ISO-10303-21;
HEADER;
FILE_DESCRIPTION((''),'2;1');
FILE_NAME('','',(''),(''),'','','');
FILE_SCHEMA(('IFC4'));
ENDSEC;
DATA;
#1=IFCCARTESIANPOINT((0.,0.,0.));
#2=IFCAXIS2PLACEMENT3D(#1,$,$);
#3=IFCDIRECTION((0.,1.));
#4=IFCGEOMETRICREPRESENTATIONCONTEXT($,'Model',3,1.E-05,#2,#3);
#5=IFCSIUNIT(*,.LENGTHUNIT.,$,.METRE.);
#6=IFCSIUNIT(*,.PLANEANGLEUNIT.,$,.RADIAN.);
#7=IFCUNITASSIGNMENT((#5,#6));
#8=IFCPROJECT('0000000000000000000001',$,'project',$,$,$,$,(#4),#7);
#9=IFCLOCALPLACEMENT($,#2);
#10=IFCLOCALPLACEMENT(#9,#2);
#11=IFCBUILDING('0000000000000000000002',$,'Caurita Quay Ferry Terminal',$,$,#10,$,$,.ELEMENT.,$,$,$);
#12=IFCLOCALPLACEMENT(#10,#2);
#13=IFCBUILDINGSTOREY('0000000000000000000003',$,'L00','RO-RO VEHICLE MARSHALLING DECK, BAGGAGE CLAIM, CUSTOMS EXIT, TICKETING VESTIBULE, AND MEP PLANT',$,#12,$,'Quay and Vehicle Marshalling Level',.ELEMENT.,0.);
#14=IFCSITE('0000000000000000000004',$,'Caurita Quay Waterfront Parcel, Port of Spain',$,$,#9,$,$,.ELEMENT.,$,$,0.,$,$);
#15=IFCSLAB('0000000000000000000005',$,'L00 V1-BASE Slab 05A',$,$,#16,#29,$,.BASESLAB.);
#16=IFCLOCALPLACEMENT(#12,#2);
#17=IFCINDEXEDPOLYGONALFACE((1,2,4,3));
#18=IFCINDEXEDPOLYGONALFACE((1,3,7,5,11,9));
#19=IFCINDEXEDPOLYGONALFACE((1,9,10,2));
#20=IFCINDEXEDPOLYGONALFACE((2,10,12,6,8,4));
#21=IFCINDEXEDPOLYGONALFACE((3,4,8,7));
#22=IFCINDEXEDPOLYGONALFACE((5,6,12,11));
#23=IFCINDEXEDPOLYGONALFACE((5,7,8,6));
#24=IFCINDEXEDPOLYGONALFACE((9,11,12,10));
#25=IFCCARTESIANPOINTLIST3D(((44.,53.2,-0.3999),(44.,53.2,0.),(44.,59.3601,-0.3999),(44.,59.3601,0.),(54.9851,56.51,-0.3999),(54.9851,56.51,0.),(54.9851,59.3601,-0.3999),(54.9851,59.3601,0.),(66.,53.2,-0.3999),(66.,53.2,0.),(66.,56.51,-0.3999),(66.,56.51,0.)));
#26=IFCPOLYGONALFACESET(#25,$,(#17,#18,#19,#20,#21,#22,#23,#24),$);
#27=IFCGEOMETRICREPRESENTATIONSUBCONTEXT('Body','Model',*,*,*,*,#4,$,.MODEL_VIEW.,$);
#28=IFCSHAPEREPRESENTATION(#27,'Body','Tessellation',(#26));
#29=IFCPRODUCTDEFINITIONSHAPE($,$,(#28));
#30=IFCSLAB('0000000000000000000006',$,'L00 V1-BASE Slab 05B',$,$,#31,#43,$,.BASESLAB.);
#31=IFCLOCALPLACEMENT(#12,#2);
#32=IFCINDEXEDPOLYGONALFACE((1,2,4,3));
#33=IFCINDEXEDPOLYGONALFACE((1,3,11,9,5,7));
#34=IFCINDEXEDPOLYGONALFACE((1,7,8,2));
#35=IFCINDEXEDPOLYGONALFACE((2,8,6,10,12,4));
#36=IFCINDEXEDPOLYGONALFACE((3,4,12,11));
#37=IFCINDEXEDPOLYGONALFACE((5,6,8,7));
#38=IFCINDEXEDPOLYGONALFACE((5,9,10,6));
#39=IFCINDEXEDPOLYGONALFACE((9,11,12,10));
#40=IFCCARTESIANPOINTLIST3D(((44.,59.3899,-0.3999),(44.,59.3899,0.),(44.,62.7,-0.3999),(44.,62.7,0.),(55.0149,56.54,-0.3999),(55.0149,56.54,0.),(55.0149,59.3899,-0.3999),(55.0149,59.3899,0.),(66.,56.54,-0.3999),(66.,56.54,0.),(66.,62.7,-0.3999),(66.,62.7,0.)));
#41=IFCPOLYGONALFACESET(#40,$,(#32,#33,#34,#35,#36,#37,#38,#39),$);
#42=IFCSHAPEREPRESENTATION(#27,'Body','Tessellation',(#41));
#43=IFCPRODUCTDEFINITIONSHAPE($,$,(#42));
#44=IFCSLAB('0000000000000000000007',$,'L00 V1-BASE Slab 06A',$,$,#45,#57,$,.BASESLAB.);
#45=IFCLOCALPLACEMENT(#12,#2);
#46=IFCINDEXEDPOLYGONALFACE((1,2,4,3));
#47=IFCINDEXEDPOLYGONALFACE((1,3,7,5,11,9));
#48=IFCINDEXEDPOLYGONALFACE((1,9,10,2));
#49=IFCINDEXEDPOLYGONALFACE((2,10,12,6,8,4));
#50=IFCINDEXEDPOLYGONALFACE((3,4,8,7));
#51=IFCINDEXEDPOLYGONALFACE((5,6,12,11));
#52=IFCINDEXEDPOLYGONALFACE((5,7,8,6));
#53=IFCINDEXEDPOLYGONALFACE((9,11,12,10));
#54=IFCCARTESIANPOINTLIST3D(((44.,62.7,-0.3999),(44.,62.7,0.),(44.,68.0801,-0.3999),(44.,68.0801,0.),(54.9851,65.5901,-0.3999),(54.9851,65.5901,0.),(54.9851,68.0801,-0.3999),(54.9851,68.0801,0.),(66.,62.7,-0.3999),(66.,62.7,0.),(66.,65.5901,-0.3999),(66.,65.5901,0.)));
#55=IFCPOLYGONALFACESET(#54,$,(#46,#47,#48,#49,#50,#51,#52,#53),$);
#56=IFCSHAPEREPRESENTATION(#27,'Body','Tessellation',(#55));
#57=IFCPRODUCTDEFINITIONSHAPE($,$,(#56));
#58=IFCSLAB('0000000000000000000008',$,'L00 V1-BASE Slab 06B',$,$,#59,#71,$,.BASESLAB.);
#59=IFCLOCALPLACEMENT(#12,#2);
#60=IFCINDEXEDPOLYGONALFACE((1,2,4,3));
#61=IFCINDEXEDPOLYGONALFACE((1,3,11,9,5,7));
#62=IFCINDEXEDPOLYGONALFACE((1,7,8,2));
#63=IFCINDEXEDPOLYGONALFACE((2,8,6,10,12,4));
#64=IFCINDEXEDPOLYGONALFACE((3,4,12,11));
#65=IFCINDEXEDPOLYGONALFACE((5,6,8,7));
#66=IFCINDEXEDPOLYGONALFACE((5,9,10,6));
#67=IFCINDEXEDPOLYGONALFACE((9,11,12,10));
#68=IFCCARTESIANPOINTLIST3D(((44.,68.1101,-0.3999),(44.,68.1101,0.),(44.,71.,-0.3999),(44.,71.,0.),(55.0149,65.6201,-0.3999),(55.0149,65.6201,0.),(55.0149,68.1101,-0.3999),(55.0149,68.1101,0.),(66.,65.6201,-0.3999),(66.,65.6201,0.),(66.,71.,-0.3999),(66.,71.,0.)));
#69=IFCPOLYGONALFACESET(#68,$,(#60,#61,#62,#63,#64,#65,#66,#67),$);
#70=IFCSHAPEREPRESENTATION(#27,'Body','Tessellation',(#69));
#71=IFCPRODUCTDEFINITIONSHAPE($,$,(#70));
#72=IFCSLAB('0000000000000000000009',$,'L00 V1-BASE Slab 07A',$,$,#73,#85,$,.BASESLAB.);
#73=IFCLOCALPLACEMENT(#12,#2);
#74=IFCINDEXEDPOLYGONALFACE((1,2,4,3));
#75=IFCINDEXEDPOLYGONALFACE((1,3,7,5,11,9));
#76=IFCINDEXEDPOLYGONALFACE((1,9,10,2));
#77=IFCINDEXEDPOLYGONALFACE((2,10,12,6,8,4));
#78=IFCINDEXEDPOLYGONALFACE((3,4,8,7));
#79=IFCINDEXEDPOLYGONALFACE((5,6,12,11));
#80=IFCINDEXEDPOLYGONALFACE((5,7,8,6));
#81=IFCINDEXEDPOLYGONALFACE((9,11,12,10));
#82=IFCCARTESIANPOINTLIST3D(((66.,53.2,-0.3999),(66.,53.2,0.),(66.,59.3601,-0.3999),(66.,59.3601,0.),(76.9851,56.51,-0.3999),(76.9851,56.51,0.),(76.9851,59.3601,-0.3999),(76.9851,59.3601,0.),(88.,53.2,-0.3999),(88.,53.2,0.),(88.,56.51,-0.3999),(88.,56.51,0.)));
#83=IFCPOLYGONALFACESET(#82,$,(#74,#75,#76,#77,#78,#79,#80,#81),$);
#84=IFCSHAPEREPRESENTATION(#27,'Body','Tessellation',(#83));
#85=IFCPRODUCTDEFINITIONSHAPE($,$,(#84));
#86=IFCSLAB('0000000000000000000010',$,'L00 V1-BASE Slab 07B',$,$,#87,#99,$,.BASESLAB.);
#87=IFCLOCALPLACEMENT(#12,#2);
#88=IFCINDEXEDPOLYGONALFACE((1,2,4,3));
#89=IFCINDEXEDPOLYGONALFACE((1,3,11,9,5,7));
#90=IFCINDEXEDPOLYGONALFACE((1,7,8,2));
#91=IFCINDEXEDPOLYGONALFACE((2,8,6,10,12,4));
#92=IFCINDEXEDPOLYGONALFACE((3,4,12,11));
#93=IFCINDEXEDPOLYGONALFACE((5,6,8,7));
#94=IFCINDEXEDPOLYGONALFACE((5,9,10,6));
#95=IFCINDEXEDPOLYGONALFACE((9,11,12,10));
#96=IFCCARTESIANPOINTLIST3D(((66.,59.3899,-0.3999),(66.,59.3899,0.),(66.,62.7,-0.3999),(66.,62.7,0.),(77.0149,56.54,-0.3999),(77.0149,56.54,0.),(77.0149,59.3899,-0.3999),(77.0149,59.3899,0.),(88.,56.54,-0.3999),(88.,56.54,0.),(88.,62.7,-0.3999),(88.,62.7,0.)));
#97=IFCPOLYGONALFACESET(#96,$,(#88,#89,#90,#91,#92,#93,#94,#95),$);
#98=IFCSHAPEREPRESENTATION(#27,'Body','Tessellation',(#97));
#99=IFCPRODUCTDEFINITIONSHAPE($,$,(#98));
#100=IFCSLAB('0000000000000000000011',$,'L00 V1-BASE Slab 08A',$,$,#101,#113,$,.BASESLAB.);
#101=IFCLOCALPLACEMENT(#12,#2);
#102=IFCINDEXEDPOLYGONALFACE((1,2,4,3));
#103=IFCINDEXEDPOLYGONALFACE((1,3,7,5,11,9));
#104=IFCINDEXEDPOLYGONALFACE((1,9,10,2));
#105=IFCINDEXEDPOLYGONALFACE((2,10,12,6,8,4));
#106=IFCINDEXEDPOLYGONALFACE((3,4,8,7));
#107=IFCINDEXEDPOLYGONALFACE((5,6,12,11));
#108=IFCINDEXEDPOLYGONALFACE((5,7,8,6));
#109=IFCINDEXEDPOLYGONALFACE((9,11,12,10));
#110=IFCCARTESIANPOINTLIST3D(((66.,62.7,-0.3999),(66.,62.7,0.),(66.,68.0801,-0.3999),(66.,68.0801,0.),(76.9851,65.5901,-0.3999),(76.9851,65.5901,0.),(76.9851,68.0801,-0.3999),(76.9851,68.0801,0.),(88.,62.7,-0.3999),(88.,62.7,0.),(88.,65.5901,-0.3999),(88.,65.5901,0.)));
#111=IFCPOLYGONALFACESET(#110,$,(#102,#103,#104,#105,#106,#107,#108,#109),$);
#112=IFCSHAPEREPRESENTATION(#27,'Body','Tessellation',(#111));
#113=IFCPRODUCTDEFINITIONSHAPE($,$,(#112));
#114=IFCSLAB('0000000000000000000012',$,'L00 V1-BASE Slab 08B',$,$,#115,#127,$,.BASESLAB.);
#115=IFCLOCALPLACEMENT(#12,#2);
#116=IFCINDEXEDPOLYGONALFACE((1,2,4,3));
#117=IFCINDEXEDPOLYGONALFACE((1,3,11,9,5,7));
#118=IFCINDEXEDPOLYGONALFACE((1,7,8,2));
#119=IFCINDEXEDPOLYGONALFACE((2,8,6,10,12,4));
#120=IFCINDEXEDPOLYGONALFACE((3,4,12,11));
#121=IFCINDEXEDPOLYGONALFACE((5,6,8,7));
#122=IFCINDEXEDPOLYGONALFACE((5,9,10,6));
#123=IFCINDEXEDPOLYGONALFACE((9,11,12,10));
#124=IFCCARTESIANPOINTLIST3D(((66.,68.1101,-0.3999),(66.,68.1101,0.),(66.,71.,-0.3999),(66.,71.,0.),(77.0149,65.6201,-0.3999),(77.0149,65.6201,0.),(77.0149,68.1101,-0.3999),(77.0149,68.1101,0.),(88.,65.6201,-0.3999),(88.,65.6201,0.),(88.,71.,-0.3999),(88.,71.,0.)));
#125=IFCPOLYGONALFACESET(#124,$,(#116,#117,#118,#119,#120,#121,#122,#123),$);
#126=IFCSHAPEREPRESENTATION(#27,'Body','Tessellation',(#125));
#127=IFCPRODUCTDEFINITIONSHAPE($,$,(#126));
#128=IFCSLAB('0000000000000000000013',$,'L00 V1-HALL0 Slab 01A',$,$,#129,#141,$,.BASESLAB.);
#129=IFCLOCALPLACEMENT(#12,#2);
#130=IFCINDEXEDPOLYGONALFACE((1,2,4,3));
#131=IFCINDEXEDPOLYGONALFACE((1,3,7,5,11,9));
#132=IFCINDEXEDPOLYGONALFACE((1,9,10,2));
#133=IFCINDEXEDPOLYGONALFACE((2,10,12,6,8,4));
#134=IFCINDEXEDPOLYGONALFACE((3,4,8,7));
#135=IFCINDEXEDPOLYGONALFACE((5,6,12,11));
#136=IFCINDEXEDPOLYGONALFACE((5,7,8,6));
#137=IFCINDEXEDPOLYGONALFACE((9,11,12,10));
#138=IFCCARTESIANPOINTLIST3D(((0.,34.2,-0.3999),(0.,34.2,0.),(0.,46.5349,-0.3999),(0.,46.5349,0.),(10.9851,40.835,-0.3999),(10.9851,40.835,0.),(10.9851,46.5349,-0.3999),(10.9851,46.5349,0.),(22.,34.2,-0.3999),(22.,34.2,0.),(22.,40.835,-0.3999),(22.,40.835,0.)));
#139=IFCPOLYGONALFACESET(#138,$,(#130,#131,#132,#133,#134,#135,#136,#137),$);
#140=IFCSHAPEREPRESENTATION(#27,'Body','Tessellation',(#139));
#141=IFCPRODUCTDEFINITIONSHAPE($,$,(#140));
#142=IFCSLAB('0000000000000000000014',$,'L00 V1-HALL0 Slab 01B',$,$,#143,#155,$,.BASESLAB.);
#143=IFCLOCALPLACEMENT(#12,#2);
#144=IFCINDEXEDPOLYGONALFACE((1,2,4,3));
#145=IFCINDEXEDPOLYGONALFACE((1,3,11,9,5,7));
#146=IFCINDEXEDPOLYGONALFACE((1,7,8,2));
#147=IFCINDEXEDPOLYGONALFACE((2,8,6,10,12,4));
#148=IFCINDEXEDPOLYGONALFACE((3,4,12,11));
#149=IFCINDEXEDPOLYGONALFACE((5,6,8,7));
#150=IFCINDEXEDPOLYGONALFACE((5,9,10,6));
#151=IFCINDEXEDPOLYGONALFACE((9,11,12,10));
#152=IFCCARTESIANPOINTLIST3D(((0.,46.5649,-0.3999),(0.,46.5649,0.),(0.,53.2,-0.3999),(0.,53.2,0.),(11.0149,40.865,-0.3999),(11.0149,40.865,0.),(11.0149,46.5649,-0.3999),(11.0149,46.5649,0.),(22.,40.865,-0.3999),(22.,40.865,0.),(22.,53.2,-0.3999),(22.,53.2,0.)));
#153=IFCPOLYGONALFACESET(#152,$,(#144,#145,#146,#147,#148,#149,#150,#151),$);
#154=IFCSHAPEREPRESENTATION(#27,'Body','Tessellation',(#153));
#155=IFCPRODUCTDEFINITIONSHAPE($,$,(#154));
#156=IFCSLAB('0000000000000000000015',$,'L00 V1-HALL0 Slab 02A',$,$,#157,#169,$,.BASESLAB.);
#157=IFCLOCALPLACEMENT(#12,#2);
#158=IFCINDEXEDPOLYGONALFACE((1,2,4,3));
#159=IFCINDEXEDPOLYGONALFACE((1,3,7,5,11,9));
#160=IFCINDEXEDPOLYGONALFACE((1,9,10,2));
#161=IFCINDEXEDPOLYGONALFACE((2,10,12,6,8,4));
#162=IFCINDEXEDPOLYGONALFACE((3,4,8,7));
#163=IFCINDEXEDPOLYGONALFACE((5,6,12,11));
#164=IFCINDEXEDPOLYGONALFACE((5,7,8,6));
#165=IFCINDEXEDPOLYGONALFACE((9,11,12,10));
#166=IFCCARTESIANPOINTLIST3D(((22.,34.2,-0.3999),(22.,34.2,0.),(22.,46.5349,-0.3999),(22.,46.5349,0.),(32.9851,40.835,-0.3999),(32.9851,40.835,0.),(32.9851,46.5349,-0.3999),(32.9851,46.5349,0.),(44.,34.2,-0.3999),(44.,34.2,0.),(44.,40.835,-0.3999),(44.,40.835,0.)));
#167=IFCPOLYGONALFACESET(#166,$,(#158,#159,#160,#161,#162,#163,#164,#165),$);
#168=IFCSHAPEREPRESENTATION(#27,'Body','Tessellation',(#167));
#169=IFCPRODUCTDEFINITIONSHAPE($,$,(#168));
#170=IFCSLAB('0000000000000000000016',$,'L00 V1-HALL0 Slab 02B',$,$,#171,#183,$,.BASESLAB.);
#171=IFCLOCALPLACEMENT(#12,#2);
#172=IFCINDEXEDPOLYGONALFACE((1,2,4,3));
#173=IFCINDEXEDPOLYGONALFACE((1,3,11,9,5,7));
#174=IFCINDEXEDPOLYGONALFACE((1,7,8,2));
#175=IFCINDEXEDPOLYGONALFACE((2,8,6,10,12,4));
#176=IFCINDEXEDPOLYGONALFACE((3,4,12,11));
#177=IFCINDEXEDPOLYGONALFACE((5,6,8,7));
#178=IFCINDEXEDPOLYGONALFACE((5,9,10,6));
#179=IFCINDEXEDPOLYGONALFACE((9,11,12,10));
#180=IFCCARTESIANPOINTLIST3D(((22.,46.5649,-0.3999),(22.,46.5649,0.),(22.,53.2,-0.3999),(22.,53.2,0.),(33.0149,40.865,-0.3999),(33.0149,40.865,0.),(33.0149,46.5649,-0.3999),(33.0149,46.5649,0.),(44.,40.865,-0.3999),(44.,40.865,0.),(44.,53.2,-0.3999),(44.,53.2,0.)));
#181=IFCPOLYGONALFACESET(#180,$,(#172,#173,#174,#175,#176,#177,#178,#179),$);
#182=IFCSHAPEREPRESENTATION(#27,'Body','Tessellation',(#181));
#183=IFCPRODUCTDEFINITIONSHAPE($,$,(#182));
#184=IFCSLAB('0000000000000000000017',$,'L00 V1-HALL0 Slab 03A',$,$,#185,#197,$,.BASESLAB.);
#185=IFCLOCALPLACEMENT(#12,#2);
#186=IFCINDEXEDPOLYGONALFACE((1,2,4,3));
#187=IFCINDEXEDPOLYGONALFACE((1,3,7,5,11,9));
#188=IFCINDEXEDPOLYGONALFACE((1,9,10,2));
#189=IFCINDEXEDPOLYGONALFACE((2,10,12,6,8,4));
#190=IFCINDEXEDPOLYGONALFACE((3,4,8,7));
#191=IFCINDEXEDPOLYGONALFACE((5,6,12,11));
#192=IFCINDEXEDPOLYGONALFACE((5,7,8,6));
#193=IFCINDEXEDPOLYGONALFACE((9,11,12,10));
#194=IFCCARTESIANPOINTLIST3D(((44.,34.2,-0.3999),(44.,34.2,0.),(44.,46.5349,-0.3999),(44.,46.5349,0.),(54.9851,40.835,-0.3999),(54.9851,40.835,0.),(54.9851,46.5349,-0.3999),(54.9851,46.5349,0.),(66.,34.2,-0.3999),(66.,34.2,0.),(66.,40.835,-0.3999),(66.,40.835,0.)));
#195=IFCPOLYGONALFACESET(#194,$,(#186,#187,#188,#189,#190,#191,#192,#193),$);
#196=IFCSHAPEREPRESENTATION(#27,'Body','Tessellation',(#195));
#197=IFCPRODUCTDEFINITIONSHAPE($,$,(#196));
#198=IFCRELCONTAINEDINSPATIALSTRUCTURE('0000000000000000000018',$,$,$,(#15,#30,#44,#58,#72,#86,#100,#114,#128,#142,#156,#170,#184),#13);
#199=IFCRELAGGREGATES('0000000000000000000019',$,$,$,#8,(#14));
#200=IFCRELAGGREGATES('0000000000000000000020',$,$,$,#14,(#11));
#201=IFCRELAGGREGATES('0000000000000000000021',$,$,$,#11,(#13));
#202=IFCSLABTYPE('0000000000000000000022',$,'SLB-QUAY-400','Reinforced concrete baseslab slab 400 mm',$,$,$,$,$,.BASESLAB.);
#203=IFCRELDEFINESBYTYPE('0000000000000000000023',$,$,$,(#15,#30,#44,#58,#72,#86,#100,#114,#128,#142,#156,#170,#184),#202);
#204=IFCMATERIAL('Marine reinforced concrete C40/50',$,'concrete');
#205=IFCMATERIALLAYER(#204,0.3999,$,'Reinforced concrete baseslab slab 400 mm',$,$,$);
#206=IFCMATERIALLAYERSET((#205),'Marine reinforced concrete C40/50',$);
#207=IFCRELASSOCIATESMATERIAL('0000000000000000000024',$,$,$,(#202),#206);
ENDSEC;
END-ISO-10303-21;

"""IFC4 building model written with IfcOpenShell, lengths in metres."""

from ifc_helpers import new_model, si_unit, direction, frame, origin, place, context, subcontext, project, spatial, polyline, outline, extrude, material, layer, layer_set, type_object, element, save


model = new_model("IFC4")

# Units and contexts
model_context = context("Model", 3, precision=1e-05, world=origin(), true_north=direction((0.0, 1.0)))
body_context = subcontext(model_context, "Body", "Model", "MODEL_VIEW")
ifc_project = project(units=[si_unit("LENGTHUNIT", "METRE"), si_unit("PLANEANGLEUNIT", "RADIAN")], contexts=[model_context])

# Site, building, storey
site_placement = place(None, origin())
site = spatial("IfcSite", under=ifc_project, at=site_placement, Name="Caurita Quay Waterfront Parcel, Port of Spain", CompositionType="ELEMENT", RefElevation=0.0)
building_placement = place(site_placement, origin())
building = spatial("IfcBuilding", under=site, at=building_placement, Name="Caurita Quay Ferry Terminal", CompositionType="ELEMENT")
storey_placement = place(building_placement, origin())
storey = spatial("IfcBuildingStorey", under=building, at=storey_placement, Name="L00", Description="RO-RO VEHICLE MARSHALLING DECK, BAGGAGE CLAIM, CUSTOMS EXIT, TICKETING VESTIBULE, AND MEP PLANT", LongName="Quay and Vehicle Marshalling Level", CompositionType="ELEMENT", Elevation=0.0)

# Slabs
ifc_material = material(Name="Marine reinforced concrete C40/50", Category="concrete")
ifc_layer = layer(ifc_material, 0.3999, Name="Reinforced concrete baseslab slab 400 mm")
ifc_layer_set = layer_set([ifc_layer], Name="Marine reinforced concrete C40/50")
slab_type = type_object("IfcSlabType", Name="SLB-QUAY-400", Description="Reinforced concrete baseslab slab 400 mm", PredefinedType="BASESLAB", material=ifc_layer_set)
slab_1_placement = place(storey_placement, frame((0.0, 0.0, -0.3999)))
element("IfcSlab", 1, at=slab_1_placement, inside=storey, type_object=slab_type, Name="L00 V1-BASE Slab 05A", PredefinedType="BASESLAB", context=body_context, shape_type="SweptSolid", body=[
    extrude(outline(polyline([(44.0, 53.2), (66.0, 53.2), (66.0, 56.51), (54.9851, 56.51), (54.9851, 59.3601), (44.0, 59.3601), (44.0, 53.2)])), origin(), (0.0, 0.0, 1.0), 0.3999),
])
slab_2_placement = place(storey_placement, frame((0.0, 0.0, -0.3999)))
element("IfcSlab", 2, at=slab_2_placement, inside=storey, type_object=slab_type, Name="L00 V1-BASE Slab 05B", PredefinedType="BASESLAB", context=body_context, shape_type="SweptSolid", body=[
    extrude(outline(polyline([(55.0149, 56.54), (66.0, 56.54), (66.0, 62.7), (44.0, 62.7), (44.0, 59.3899), (55.0149, 59.3899), (55.0149, 56.54)])), origin(), (0.0, 0.0, 1.0), 0.3999),
])
slab_3_placement = place(storey_placement, frame((0.0, 0.0, -0.3999)))
element("IfcSlab", 3, at=slab_3_placement, inside=storey, type_object=slab_type, Name="L00 V1-BASE Slab 06A", PredefinedType="BASESLAB", context=body_context, shape_type="SweptSolid", body=[
    extrude(outline(polyline([(44.0, 62.7), (66.0, 62.7), (66.0, 65.5901), (54.9851, 65.5901), (54.9851, 68.0801), (44.0, 68.0801), (44.0, 62.7)])), origin(), (0.0, 0.0, 1.0), 0.3999),
])
slab_4_placement = place(storey_placement, frame((0.0, 0.0, -0.3999)))
element("IfcSlab", 4, at=slab_4_placement, inside=storey, type_object=slab_type, Name="L00 V1-BASE Slab 06B", PredefinedType="BASESLAB", context=body_context, shape_type="SweptSolid", body=[
    extrude(outline(polyline([(55.0149, 65.6201), (66.0, 65.6201), (66.0, 71.0), (44.0, 71.0), (44.0, 68.1101), (55.0149, 68.1101), (55.0149, 65.6201)])), origin(), (0.0, 0.0, 1.0), 0.3999),
])
slab_5_placement = place(storey_placement, frame((0.0, 0.0, -0.3999)))
element("IfcSlab", 5, at=slab_5_placement, inside=storey, type_object=slab_type, Name="L00 V1-BASE Slab 07A", PredefinedType="BASESLAB", context=body_context, shape_type="SweptSolid", body=[
    extrude(outline(polyline([(66.0, 53.2), (88.0, 53.2), (88.0, 56.51), (76.9851, 56.51), (76.9851, 59.3601), (66.0, 59.3601), (66.0, 53.2)])), origin(), (0.0, 0.0, 1.0), 0.3999),
])
slab_6_placement = place(storey_placement, frame((0.0, 0.0, -0.3999)))
element("IfcSlab", 6, at=slab_6_placement, inside=storey, type_object=slab_type, Name="L00 V1-BASE Slab 07B", PredefinedType="BASESLAB", context=body_context, shape_type="SweptSolid", body=[
    extrude(outline(polyline([(77.0149, 56.54), (88.0, 56.54), (88.0, 62.7), (66.0, 62.7), (66.0, 59.3899), (77.0149, 59.3899), (77.0149, 56.54)])), origin(), (0.0, 0.0, 1.0), 0.3999),
])
slab_7_placement = place(storey_placement, frame((0.0, 0.0, -0.3999)))
element("IfcSlab", 7, at=slab_7_placement, inside=storey, type_object=slab_type, Name="L00 V1-BASE Slab 08A", PredefinedType="BASESLAB", context=body_context, shape_type="SweptSolid", body=[
    extrude(outline(polyline([(66.0, 62.7), (88.0, 62.7), (88.0, 65.5901), (76.9851, 65.5901), (76.9851, 68.0801), (66.0, 68.0801), (66.0, 62.7)])), origin(), (0.0, 0.0, 1.0), 0.3999),
])
slab_8_placement = place(storey_placement, frame((0.0, 0.0, -0.3999)))
element("IfcSlab", 8, at=slab_8_placement, inside=storey, type_object=slab_type, Name="L00 V1-BASE Slab 08B", PredefinedType="BASESLAB", context=body_context, shape_type="SweptSolid", body=[
    extrude(outline(polyline([(77.0149, 65.6201), (88.0, 65.6201), (88.0, 71.0), (66.0, 71.0), (66.0, 68.1101), (77.0149, 68.1101), (77.0149, 65.6201)])), origin(), (0.0, 0.0, 1.0), 0.3999),
])
slab_9_placement = place(storey_placement, frame((0.0, 0.0, -0.3999)))
element("IfcSlab", 9, at=slab_9_placement, inside=storey, type_object=slab_type, Name="L00 V1-HALL0 Slab 01A", PredefinedType="BASESLAB", context=body_context, shape_type="SweptSolid", body=[
    extrude(outline(polyline([(0.0, 34.2), (22.0, 34.2), (22.0, 40.835), (10.9851, 40.835), (10.9851, 46.5349), (0.0, 46.5349), (0.0, 34.2)])), origin(), (0.0, 0.0, 1.0), 0.3999),
])
slab_10_placement = place(storey_placement, frame((0.0, 0.0, -0.3999)))
element("IfcSlab", 10, at=slab_10_placement, inside=storey, type_object=slab_type, Name="L00 V1-HALL0 Slab 01B", PredefinedType="BASESLAB", context=body_context, shape_type="SweptSolid", body=[
    extrude(outline(polyline([(11.0149, 40.865), (22.0, 40.865), (22.0, 53.2), (0.0, 53.2), (0.0, 46.5649), (11.0149, 46.5649), (11.0149, 40.865)])), origin(), (0.0, 0.0, 1.0), 0.3999),
])
slab_11_placement = place(storey_placement, frame((0.0, 0.0, -0.3999)))
element("IfcSlab", 11, at=slab_11_placement, inside=storey, type_object=slab_type, Name="L00 V1-HALL0 Slab 02A", PredefinedType="BASESLAB", context=body_context, shape_type="SweptSolid", body=[
    extrude(outline(polyline([(22.0, 34.2), (44.0, 34.2), (44.0, 40.835), (32.9851, 40.835), (32.9851, 46.5349), (22.0, 46.5349), (22.0, 34.2)])), origin(), (0.0, 0.0, 1.0), 0.3999),
])
slab_12_placement = place(storey_placement, frame((0.0, 0.0, -0.3999)))
element("IfcSlab", 12, at=slab_12_placement, inside=storey, type_object=slab_type, Name="L00 V1-HALL0 Slab 02B", PredefinedType="BASESLAB", context=body_context, shape_type="SweptSolid", body=[
    extrude(outline(polyline([(33.0149, 40.865), (44.0, 40.865), (44.0, 53.2), (22.0, 53.2), (22.0, 46.5649), (33.0149, 46.5649), (33.0149, 40.865)])), origin(), (0.0, 0.0, 1.0), 0.3999),
])
slab_13_placement = place(storey_placement, frame((0.0, 0.0, -0.3999)))
element("IfcSlab", 13, at=slab_13_placement, inside=storey, type_object=slab_type, Name="L00 V1-HALL0 Slab 03A", PredefinedType="BASESLAB", context=body_context, shape_type="SweptSolid", body=[
    extrude(outline(polyline([(44.0, 34.2), (66.0, 34.2), (66.0, 40.835), (54.9851, 40.835), (54.9851, 46.5349), (44.0, 46.5349), (44.0, 34.2)])), origin(), (0.0, 0.0, 1.0), 0.3999),
])

save(model, "model.ifc")
